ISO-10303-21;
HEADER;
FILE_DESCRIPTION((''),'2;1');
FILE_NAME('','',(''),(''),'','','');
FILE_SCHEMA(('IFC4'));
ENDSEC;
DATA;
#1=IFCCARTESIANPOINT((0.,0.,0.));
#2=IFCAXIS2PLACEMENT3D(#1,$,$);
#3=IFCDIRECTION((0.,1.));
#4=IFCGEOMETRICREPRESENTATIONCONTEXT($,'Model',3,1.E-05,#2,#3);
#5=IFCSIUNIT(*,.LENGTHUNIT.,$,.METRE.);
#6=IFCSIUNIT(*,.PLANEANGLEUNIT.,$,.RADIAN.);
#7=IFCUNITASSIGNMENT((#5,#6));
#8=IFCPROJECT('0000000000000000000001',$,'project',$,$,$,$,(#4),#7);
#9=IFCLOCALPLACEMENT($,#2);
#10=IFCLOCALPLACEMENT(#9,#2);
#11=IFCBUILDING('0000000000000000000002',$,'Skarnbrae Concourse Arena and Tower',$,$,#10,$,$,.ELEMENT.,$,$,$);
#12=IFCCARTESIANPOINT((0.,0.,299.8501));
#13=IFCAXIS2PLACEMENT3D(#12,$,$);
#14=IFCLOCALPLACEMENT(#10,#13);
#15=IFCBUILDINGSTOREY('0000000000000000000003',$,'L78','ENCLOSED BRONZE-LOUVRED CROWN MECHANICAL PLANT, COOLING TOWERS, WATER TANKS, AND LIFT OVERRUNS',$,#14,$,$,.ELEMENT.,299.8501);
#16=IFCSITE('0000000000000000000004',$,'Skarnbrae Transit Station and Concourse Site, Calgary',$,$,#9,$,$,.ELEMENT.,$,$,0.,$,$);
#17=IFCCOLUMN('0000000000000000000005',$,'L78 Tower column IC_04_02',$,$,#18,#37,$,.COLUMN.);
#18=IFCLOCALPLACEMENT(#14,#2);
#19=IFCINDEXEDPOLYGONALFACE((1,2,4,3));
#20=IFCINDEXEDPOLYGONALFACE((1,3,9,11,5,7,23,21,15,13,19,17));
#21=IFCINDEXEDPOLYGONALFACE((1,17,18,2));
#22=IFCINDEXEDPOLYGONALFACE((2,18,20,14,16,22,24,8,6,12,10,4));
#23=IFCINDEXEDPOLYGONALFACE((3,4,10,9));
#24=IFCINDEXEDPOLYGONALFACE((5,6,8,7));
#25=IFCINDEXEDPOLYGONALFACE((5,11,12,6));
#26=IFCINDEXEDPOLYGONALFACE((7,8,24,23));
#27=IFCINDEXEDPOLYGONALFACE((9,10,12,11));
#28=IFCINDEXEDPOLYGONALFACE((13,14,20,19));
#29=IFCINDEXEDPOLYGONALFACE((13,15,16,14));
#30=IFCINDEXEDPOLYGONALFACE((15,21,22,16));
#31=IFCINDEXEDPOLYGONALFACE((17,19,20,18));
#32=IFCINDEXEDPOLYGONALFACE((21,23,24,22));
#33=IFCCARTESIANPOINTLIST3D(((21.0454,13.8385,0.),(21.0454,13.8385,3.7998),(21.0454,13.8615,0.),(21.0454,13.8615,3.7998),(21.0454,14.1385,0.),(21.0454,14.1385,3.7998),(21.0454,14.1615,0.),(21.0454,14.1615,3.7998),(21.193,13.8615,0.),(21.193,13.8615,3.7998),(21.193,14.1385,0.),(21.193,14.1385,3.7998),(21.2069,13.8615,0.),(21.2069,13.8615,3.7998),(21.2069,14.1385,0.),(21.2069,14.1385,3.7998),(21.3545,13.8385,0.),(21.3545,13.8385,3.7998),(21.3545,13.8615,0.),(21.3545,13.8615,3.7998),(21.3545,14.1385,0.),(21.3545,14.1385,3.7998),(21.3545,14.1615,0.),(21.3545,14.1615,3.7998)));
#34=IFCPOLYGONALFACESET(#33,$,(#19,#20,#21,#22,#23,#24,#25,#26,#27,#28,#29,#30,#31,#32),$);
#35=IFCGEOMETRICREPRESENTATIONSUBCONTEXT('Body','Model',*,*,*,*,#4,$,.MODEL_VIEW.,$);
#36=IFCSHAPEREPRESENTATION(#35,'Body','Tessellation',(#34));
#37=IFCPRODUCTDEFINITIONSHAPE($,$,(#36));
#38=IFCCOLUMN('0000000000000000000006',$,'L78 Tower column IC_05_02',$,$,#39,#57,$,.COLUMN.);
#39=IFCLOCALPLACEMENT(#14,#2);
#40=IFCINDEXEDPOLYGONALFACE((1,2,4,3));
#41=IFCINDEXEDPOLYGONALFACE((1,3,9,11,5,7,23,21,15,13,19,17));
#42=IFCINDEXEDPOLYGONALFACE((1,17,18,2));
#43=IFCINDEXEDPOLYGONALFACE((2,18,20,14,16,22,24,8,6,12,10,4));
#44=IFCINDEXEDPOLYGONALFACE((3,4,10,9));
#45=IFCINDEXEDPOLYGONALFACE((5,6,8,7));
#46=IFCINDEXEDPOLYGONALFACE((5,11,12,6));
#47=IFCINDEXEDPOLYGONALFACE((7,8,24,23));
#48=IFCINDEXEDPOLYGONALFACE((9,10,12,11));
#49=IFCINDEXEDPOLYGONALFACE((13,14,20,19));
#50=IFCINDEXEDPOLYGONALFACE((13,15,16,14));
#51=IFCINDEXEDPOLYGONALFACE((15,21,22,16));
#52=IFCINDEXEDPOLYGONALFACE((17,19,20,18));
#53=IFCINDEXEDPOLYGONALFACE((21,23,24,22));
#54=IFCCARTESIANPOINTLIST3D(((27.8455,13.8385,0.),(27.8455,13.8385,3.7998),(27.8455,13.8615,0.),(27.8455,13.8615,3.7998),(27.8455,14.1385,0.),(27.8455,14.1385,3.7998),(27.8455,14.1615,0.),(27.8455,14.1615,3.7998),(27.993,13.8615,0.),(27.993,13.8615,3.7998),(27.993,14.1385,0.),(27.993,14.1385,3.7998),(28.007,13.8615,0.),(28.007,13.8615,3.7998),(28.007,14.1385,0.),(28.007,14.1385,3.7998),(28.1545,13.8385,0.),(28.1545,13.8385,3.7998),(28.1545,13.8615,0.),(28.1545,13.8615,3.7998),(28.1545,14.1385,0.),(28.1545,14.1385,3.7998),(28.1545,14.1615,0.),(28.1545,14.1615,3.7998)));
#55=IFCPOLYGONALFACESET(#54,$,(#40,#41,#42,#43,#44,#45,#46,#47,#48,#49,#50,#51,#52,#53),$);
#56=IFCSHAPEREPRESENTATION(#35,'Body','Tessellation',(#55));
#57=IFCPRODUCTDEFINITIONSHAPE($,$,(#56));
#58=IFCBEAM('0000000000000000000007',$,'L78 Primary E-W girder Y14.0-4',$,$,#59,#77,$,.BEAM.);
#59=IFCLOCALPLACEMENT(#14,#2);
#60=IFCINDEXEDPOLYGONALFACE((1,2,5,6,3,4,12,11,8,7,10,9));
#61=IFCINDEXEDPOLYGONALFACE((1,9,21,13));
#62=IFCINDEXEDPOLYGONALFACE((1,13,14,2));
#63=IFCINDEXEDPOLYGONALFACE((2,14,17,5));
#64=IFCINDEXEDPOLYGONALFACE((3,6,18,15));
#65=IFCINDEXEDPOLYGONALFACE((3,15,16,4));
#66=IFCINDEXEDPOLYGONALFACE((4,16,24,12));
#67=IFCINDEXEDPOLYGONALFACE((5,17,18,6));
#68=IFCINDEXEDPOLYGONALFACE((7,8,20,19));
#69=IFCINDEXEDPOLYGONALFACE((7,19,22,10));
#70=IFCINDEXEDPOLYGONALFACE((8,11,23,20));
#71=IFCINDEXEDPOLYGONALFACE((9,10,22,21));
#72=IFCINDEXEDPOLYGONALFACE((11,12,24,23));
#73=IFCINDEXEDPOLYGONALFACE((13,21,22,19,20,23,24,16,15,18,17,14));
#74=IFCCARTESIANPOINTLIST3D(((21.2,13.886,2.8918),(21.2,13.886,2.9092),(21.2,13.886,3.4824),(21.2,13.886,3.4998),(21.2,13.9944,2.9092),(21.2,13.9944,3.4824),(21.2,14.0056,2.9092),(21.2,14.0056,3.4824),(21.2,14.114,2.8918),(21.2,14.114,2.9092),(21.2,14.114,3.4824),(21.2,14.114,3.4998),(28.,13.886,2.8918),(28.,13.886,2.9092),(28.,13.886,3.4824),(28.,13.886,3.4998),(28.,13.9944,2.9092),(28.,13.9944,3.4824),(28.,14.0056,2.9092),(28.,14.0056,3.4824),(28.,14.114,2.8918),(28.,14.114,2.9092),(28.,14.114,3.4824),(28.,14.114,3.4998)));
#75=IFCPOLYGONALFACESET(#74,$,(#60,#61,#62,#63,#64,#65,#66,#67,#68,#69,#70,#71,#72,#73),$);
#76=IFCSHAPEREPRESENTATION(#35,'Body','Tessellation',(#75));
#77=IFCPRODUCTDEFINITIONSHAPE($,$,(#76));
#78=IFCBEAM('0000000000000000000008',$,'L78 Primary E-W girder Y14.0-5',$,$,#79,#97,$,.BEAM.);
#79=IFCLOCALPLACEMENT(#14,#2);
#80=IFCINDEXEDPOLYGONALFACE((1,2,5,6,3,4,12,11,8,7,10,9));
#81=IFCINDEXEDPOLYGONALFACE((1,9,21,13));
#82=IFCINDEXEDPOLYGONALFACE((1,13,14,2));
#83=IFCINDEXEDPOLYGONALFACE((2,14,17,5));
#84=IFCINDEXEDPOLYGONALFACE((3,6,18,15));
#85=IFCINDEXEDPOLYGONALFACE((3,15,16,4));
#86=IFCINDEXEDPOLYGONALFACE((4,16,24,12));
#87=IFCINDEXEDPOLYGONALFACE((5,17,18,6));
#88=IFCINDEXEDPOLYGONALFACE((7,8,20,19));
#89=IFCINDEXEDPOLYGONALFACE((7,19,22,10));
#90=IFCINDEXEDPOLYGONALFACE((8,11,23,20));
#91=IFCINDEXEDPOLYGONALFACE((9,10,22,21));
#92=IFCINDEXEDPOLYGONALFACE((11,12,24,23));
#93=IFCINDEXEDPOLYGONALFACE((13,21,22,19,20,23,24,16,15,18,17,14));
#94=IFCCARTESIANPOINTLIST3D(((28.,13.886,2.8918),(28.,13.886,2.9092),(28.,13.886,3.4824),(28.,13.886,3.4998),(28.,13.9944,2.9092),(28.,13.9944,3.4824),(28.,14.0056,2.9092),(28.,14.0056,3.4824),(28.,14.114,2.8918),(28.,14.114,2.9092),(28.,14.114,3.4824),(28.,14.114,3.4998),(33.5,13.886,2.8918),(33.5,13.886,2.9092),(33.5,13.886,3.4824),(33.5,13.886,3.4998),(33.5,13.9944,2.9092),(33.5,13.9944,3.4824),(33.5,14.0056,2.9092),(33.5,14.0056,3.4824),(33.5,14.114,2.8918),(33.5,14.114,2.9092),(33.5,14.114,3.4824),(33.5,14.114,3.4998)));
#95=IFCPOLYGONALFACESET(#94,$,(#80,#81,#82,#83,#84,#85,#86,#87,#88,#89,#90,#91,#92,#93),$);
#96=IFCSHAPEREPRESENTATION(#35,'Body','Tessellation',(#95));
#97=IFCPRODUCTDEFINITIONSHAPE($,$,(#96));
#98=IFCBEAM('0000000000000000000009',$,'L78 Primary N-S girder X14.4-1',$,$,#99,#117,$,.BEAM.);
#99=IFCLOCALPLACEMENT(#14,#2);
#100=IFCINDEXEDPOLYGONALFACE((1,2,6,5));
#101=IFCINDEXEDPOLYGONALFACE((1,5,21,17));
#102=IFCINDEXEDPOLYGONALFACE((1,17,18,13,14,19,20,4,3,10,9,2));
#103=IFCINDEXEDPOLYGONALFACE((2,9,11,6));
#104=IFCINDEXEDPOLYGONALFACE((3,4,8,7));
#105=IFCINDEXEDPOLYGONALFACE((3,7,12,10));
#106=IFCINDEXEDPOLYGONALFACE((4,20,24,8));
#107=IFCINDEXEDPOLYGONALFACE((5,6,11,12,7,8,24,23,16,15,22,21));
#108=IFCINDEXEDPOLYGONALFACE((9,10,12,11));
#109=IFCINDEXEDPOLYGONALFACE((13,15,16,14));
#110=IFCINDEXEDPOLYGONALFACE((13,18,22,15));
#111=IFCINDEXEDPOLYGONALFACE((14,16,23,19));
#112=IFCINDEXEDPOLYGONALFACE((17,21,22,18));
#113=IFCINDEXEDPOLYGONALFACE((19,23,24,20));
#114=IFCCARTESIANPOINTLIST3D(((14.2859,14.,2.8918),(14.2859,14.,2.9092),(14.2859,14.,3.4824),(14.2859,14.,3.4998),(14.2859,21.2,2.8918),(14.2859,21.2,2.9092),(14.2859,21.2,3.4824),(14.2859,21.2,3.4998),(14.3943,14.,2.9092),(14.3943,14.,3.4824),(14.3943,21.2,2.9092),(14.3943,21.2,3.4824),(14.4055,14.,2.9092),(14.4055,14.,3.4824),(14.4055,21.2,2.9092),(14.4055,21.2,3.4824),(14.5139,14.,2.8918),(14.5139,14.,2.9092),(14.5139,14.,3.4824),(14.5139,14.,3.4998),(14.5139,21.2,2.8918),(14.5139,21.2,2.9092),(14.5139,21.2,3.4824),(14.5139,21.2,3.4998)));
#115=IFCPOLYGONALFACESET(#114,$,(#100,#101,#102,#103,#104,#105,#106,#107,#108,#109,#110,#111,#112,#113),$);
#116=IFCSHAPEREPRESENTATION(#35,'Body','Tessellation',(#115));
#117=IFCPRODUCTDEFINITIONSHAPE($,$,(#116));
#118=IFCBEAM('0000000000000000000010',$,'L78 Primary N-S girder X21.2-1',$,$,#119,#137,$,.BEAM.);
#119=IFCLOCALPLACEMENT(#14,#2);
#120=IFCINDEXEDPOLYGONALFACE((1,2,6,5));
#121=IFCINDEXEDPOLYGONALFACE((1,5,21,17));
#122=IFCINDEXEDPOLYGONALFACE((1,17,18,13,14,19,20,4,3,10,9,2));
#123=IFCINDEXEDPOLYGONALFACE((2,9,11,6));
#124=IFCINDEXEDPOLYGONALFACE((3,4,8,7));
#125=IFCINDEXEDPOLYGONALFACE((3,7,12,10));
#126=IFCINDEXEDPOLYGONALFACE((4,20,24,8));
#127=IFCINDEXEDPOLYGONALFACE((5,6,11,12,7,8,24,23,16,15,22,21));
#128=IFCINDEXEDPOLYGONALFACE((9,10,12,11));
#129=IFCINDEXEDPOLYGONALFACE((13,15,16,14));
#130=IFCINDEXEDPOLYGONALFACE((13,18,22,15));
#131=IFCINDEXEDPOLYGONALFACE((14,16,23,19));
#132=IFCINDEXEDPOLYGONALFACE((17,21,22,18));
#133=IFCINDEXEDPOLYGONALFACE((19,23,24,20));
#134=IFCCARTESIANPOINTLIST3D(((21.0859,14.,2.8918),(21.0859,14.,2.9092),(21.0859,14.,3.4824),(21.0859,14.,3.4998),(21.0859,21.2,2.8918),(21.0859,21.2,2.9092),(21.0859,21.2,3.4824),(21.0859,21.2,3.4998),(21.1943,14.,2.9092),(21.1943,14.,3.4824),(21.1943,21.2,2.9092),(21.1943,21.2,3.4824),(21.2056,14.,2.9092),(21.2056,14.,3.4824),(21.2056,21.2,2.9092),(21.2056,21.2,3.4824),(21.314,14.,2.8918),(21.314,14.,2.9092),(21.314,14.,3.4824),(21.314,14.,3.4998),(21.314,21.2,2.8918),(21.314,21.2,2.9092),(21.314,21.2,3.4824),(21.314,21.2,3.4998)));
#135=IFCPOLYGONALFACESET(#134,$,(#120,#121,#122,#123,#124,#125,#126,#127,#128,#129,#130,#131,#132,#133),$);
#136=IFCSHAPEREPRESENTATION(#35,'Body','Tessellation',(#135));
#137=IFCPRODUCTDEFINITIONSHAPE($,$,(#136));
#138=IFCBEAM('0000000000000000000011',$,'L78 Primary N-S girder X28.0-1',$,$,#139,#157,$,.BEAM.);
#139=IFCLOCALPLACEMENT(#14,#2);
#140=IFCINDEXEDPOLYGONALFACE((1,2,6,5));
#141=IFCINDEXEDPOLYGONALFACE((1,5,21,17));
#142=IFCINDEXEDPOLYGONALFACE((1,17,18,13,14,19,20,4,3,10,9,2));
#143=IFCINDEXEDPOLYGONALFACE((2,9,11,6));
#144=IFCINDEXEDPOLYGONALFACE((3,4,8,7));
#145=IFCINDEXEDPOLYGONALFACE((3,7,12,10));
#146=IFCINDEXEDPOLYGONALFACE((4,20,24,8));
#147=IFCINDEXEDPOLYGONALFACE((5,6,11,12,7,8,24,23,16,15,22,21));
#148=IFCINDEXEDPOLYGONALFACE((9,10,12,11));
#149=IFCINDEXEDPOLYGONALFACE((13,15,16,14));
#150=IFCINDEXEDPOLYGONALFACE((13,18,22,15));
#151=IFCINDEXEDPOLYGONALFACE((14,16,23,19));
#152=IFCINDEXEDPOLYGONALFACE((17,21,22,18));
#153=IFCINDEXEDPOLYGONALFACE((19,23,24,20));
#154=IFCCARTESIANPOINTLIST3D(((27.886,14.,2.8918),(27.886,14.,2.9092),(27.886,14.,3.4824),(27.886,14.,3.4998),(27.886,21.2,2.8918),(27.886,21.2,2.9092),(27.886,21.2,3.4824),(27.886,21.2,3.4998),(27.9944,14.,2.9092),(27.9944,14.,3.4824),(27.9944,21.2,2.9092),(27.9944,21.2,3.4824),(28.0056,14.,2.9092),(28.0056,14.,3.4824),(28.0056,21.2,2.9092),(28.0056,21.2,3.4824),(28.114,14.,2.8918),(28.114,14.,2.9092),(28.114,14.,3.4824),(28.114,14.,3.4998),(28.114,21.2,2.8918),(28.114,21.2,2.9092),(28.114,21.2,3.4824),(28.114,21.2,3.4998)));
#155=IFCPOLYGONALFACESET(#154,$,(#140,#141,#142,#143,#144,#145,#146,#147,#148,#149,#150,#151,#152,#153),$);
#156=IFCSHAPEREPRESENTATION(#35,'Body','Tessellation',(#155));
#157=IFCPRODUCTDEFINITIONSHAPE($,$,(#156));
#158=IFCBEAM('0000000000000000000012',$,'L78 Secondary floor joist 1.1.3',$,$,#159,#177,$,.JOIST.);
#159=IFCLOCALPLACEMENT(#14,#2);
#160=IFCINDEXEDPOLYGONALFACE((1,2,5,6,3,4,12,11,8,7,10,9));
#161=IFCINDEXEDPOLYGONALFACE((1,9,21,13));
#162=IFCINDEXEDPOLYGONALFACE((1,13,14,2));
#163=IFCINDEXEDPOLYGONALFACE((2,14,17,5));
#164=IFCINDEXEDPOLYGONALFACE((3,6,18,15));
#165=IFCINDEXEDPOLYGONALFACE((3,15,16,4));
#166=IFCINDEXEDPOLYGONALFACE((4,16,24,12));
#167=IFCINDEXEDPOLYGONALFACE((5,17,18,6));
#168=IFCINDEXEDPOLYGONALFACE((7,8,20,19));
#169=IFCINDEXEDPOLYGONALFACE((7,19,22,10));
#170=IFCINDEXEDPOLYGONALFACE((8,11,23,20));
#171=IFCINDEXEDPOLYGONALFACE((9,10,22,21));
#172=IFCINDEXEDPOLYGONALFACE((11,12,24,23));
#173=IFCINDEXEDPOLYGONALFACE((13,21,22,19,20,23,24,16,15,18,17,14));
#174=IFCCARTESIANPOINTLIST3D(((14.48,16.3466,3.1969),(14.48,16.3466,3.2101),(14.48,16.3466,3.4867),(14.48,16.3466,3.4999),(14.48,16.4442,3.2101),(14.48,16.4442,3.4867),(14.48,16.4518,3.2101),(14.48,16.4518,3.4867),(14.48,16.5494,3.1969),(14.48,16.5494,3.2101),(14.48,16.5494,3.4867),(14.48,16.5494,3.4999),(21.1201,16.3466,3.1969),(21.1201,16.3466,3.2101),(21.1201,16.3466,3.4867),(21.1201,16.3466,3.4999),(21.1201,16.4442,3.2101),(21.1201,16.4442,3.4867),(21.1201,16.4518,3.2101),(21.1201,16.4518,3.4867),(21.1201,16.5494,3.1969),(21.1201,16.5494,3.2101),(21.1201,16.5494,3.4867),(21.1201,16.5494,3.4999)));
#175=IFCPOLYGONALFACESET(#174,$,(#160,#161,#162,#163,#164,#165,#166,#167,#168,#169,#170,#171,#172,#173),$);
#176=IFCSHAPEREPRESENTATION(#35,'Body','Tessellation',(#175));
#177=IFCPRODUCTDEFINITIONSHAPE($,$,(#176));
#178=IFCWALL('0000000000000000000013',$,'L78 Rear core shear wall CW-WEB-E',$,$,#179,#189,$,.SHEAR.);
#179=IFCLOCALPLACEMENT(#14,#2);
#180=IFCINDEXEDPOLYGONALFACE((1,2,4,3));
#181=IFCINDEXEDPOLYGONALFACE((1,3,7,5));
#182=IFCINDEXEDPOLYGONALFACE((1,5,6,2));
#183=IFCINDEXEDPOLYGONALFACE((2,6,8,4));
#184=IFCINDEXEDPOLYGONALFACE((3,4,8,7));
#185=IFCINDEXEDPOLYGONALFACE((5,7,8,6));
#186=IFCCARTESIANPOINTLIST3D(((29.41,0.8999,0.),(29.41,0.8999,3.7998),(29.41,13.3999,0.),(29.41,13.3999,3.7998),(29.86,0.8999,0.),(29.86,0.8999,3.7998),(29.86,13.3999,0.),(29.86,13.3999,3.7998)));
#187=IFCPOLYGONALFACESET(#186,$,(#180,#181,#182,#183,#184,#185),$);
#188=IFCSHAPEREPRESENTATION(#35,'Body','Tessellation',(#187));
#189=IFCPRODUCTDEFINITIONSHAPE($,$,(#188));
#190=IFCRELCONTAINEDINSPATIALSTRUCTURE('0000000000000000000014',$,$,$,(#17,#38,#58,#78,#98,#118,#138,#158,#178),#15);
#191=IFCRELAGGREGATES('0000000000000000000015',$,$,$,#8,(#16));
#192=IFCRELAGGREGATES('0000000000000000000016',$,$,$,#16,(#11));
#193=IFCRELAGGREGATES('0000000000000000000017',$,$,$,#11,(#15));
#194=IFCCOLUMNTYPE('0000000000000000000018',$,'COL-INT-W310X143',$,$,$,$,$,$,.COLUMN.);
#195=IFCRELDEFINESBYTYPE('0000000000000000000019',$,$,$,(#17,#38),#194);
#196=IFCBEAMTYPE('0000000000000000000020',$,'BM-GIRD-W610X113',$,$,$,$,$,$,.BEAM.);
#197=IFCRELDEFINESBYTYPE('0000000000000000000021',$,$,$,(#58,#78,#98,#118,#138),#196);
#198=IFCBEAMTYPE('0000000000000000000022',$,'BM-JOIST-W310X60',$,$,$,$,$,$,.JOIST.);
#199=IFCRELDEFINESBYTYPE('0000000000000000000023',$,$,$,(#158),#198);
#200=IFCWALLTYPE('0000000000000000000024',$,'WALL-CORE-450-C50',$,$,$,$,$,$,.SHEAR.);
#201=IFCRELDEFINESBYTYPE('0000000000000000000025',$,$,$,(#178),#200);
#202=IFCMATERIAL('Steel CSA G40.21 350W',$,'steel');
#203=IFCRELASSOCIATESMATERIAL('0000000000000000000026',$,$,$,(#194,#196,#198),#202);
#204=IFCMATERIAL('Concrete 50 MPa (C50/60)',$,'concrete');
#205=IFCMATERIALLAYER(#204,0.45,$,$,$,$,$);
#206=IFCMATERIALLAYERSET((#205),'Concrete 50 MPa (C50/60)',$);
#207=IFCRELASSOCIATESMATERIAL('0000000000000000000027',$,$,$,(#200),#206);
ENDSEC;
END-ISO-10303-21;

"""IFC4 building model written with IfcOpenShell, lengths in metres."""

from ifc_helpers import new_model, si_unit, direction, frame, frame_2d, origin, origin_2d, place, context, subcontext, project, spatial, rectangle, i_section, extrude, source, transform, mapped, material, layer, layer_set, material_profile, profile_set, type_object, element, save


model = new_model("IFC4")

# Units and contexts
model_context = context("Model", 3, precision=1e-05, world=origin(), true_north=direction((0.0, 1.0)))
body_context = subcontext(model_context, "Body", "Model", "MODEL_VIEW")
ifc_project = project(units=[si_unit("LENGTHUNIT", "METRE"), si_unit("PLANEANGLEUNIT", "RADIAN")], contexts=[model_context])

# Site, building, storey
site_placement = place(None, origin())
site = spatial("IfcSite", under=ifc_project, at=site_placement, Name="Skarnbrae Transit Station and Concourse Site, Calgary", CompositionType="ELEMENT", RefElevation=0.0)
building_placement = place(site_placement, origin())
building = spatial("IfcBuilding", under=site, at=building_placement, Name="Skarnbrae Concourse Arena and Tower", CompositionType="ELEMENT")
storey_placement = place(building_placement, frame((0.0, 0.0, 299.8501)))
storey = spatial("IfcBuildingStorey", under=building, at=storey_placement, Name="L78", Description="ENCLOSED BRONZE-LOUVRED CROWN MECHANICAL PLANT, COOLING TOWERS, WATER TANKS, AND LIFT OVERRUNS", CompositionType="ELEMENT", Elevation=299.8501)

# Columns
ifc_material_1 = material(Name="Steel CSA G40.21 350W", Category="steel")
ifc_material_profile_1 = material_profile(ifc_material_1, i_section(OverallWidth=0.3091, OverallDepth=0.323, WebThickness=0.0139, FlangeThickness=0.0229, at=origin_2d()), Name="W310X143")
ifc_profile_set_1 = profile_set([ifc_material_profile_1], Name="Steel CSA G40.21 350W")
column_type = type_object("IfcColumnType", Name="COL-INT-W310X143", PredefinedType="COLUMN", material=ifc_profile_set_1)
shared_shape_1 = source(origin(), body_context, "Body", "SweptSolid", [
    extrude(i_section(OverallWidth=0.3091, OverallDepth=0.323, WebThickness=0.0139, FlangeThickness=0.0229, at=origin_2d()), origin(), (0.0, 0.0, 1.0), 3.7998),
])
for number, where, z_axis, x_axis, name in (
    (1, (21.2, 14.0, 0.0), (0.0, 0.0, 1.0), (1.0, 0.0, 0.0), "L78 Tower column IC_04_02"),
    (2, (28.0, 14.0, 0.0), (0.0, 0.0, 1.0), (1.0, 0.0, 0.0), "L78 Tower column IC_05_02"),
):
    element("IfcColumn", number, at=place(storey_placement, frame(where, z_axis=z_axis, x_axis=x_axis)), inside=storey, type_object=column_type, Name=name, PredefinedType="COLUMN", context=body_context, shape_type="MappedRepresentation", body=[
        mapped(shared_shape_1, transform((0.0, 0.0, 0.0))),
    ])

# Beams
ifc_material_profile_2 = material_profile(ifc_material_1, i_section(OverallWidth=0.228, OverallDepth=0.6079, WebThickness=0.0112, FlangeThickness=0.0173, at=origin_2d()), Name="W610X113")
ifc_profile_set_2 = profile_set([ifc_material_profile_2], Name="Steel CSA G40.21 350W")
beam_type_1 = type_object("IfcBeamType", Name="BM-GIRD-W610X113", PredefinedType="BEAM", material=ifc_profile_set_2)
shared_shape_2 = source(origin(), body_context, "Body", "SweptSolid", [
    extrude(i_section(OverallWidth=0.228, OverallDepth=0.6079, WebThickness=0.0112, FlangeThickness=0.0173, at=origin_2d()), origin(), (0.0, 0.0, 1.0), 6.8),
])
beam_1_placement = place(storey_placement, frame((21.2, 14.0, 3.1958), z_axis=(1.0, 0.0, 0.0), x_axis=(0.0, 1.0, 0.0)))
element("IfcBeam", 3, at=beam_1_placement, inside=storey, type_object=beam_type_1, Name="L78 Primary E-W girder Y14.0-4", PredefinedType="BEAM", context=body_context, shape_type="MappedRepresentation", body=[
    mapped(shared_shape_2, transform((0.0, 0.0, 0.0))),
])
shared_shape_3 = source(origin(), body_context, "Body", "SweptSolid", [
    extrude(i_section(OverallWidth=0.228, OverallDepth=0.6079, WebThickness=0.0112, FlangeThickness=0.0173, at=origin_2d()), origin(), (0.0, 0.0, 1.0), 5.5),
])
beam_2_placement = place(storey_placement, frame((28.0, 14.0, 3.1958), z_axis=(1.0, 0.0, 0.0), x_axis=(0.0, 1.0, 0.0)))
element("IfcBeam", 4, at=beam_2_placement, inside=storey, type_object=beam_type_1, Name="L78 Primary E-W girder Y14.0-5", PredefinedType="BEAM", context=body_context, shape_type="MappedRepresentation", body=[
    mapped(shared_shape_3, transform((0.0, 0.0, 0.0))),
])
shared_shape_4 = source(origin(), body_context, "Body", "SweptSolid", [
    extrude(i_section(OverallWidth=0.228, OverallDepth=0.6079, WebThickness=0.0112, FlangeThickness=0.0173, at=origin_2d()), origin(), (0.0, 0.0, 1.0), 7.2),
])
for number, where, z_axis, x_axis, name in (
    (5, (14.3999, 14.0, 3.1958), (0.0, 1.0, 0.0), (-1.0, 0.0, 0.0), "L78 Primary N-S girder X14.4-1"),
    (6, (21.2, 14.0, 3.1958), (0.0, 1.0, 0.0), (-1.0, 0.0, 0.0), "L78 Primary N-S girder X21.2-1"),
    (7, (28.0, 14.0, 3.1958), (0.0, 1.0, 0.0), (-1.0, 0.0, 0.0), "L78 Primary N-S girder X28.0-1"),
):
    element("IfcBeam", number, at=place(storey_placement, frame(where, z_axis=z_axis, x_axis=x_axis)), inside=storey, type_object=beam_type_1, Name=name, PredefinedType="BEAM", context=body_context, shape_type="MappedRepresentation", body=[
        mapped(shared_shape_4, transform((0.0, 0.0, 0.0))),
    ])
ifc_material_profile_3 = material_profile(ifc_material_1, i_section(OverallWidth=0.2029, OverallDepth=0.303, WebThickness=0.0076, FlangeThickness=0.0132, at=origin_2d()), Name="W310X60")
ifc_profile_set_3 = profile_set([ifc_material_profile_3], Name="Steel CSA G40.21 350W")
beam_type_2 = type_object("IfcBeamType", Name="BM-JOIST-W310X60", PredefinedType="JOIST", material=ifc_profile_set_3)
shared_shape_5 = source(origin(), body_context, "Body", "SweptSolid", [
    extrude(i_section(OverallWidth=0.2029, OverallDepth=0.303, WebThickness=0.0076, FlangeThickness=0.0132, at=origin_2d()), origin(), (0.0, 0.0, 1.0), 6.6401),
])
beam_3_placement = place(storey_placement, frame((14.48, 16.448, 3.3484), z_axis=(1.0, 0.0, 0.0), x_axis=(0.0, 1.0, 0.0)))
element("IfcBeam", 8, at=beam_3_placement, inside=storey, type_object=beam_type_2, Name="L78 Secondary floor joist 1.1.3", PredefinedType="JOIST", context=body_context, shape_type="MappedRepresentation", body=[
    mapped(shared_shape_5, transform((0.0, 0.0, 0.0))),
])

# Shared definitions
ifc_material_2 = material(Name="Concrete 50 MPa (C50/60)", Category="concrete")

# Wall
ifc_layer_1 = layer(ifc_material_2, 0.45)
ifc_layer_set_1 = layer_set([ifc_layer_1], Name="Concrete 50 MPa (C50/60)")
wall_type_1 = type_object("IfcWallType", Name="WALL-CORE-450-C50", PredefinedType="SHEAR", material=ifc_layer_set_1)
shared_shape_6 = source(origin(), body_context, "Body", "SweptSolid", [
    extrude(rectangle(XDim=12.5, YDim=0.45, at=frame_2d((6.25, 0.0))), origin(), (0.0, 0.0, 1.0), 3.7998),
])
wall_1_placement = place(storey_placement, frame((29.635, 0.8999, 0.0), z_axis=(0.0, 0.0, 1.0), x_axis=(0.0, 1.0, 0.0)))
element("IfcWall", 9, at=wall_1_placement, inside=storey, type_object=wall_type_1, Name="L78 Rear core shear wall CW-WEB-E", PredefinedType="SHEAR", context=body_context, shape_type="MappedRepresentation", body=[
    mapped(shared_shape_6, transform((0.0, 0.0, 0.0))),
])

save(model, "model.ifc")
